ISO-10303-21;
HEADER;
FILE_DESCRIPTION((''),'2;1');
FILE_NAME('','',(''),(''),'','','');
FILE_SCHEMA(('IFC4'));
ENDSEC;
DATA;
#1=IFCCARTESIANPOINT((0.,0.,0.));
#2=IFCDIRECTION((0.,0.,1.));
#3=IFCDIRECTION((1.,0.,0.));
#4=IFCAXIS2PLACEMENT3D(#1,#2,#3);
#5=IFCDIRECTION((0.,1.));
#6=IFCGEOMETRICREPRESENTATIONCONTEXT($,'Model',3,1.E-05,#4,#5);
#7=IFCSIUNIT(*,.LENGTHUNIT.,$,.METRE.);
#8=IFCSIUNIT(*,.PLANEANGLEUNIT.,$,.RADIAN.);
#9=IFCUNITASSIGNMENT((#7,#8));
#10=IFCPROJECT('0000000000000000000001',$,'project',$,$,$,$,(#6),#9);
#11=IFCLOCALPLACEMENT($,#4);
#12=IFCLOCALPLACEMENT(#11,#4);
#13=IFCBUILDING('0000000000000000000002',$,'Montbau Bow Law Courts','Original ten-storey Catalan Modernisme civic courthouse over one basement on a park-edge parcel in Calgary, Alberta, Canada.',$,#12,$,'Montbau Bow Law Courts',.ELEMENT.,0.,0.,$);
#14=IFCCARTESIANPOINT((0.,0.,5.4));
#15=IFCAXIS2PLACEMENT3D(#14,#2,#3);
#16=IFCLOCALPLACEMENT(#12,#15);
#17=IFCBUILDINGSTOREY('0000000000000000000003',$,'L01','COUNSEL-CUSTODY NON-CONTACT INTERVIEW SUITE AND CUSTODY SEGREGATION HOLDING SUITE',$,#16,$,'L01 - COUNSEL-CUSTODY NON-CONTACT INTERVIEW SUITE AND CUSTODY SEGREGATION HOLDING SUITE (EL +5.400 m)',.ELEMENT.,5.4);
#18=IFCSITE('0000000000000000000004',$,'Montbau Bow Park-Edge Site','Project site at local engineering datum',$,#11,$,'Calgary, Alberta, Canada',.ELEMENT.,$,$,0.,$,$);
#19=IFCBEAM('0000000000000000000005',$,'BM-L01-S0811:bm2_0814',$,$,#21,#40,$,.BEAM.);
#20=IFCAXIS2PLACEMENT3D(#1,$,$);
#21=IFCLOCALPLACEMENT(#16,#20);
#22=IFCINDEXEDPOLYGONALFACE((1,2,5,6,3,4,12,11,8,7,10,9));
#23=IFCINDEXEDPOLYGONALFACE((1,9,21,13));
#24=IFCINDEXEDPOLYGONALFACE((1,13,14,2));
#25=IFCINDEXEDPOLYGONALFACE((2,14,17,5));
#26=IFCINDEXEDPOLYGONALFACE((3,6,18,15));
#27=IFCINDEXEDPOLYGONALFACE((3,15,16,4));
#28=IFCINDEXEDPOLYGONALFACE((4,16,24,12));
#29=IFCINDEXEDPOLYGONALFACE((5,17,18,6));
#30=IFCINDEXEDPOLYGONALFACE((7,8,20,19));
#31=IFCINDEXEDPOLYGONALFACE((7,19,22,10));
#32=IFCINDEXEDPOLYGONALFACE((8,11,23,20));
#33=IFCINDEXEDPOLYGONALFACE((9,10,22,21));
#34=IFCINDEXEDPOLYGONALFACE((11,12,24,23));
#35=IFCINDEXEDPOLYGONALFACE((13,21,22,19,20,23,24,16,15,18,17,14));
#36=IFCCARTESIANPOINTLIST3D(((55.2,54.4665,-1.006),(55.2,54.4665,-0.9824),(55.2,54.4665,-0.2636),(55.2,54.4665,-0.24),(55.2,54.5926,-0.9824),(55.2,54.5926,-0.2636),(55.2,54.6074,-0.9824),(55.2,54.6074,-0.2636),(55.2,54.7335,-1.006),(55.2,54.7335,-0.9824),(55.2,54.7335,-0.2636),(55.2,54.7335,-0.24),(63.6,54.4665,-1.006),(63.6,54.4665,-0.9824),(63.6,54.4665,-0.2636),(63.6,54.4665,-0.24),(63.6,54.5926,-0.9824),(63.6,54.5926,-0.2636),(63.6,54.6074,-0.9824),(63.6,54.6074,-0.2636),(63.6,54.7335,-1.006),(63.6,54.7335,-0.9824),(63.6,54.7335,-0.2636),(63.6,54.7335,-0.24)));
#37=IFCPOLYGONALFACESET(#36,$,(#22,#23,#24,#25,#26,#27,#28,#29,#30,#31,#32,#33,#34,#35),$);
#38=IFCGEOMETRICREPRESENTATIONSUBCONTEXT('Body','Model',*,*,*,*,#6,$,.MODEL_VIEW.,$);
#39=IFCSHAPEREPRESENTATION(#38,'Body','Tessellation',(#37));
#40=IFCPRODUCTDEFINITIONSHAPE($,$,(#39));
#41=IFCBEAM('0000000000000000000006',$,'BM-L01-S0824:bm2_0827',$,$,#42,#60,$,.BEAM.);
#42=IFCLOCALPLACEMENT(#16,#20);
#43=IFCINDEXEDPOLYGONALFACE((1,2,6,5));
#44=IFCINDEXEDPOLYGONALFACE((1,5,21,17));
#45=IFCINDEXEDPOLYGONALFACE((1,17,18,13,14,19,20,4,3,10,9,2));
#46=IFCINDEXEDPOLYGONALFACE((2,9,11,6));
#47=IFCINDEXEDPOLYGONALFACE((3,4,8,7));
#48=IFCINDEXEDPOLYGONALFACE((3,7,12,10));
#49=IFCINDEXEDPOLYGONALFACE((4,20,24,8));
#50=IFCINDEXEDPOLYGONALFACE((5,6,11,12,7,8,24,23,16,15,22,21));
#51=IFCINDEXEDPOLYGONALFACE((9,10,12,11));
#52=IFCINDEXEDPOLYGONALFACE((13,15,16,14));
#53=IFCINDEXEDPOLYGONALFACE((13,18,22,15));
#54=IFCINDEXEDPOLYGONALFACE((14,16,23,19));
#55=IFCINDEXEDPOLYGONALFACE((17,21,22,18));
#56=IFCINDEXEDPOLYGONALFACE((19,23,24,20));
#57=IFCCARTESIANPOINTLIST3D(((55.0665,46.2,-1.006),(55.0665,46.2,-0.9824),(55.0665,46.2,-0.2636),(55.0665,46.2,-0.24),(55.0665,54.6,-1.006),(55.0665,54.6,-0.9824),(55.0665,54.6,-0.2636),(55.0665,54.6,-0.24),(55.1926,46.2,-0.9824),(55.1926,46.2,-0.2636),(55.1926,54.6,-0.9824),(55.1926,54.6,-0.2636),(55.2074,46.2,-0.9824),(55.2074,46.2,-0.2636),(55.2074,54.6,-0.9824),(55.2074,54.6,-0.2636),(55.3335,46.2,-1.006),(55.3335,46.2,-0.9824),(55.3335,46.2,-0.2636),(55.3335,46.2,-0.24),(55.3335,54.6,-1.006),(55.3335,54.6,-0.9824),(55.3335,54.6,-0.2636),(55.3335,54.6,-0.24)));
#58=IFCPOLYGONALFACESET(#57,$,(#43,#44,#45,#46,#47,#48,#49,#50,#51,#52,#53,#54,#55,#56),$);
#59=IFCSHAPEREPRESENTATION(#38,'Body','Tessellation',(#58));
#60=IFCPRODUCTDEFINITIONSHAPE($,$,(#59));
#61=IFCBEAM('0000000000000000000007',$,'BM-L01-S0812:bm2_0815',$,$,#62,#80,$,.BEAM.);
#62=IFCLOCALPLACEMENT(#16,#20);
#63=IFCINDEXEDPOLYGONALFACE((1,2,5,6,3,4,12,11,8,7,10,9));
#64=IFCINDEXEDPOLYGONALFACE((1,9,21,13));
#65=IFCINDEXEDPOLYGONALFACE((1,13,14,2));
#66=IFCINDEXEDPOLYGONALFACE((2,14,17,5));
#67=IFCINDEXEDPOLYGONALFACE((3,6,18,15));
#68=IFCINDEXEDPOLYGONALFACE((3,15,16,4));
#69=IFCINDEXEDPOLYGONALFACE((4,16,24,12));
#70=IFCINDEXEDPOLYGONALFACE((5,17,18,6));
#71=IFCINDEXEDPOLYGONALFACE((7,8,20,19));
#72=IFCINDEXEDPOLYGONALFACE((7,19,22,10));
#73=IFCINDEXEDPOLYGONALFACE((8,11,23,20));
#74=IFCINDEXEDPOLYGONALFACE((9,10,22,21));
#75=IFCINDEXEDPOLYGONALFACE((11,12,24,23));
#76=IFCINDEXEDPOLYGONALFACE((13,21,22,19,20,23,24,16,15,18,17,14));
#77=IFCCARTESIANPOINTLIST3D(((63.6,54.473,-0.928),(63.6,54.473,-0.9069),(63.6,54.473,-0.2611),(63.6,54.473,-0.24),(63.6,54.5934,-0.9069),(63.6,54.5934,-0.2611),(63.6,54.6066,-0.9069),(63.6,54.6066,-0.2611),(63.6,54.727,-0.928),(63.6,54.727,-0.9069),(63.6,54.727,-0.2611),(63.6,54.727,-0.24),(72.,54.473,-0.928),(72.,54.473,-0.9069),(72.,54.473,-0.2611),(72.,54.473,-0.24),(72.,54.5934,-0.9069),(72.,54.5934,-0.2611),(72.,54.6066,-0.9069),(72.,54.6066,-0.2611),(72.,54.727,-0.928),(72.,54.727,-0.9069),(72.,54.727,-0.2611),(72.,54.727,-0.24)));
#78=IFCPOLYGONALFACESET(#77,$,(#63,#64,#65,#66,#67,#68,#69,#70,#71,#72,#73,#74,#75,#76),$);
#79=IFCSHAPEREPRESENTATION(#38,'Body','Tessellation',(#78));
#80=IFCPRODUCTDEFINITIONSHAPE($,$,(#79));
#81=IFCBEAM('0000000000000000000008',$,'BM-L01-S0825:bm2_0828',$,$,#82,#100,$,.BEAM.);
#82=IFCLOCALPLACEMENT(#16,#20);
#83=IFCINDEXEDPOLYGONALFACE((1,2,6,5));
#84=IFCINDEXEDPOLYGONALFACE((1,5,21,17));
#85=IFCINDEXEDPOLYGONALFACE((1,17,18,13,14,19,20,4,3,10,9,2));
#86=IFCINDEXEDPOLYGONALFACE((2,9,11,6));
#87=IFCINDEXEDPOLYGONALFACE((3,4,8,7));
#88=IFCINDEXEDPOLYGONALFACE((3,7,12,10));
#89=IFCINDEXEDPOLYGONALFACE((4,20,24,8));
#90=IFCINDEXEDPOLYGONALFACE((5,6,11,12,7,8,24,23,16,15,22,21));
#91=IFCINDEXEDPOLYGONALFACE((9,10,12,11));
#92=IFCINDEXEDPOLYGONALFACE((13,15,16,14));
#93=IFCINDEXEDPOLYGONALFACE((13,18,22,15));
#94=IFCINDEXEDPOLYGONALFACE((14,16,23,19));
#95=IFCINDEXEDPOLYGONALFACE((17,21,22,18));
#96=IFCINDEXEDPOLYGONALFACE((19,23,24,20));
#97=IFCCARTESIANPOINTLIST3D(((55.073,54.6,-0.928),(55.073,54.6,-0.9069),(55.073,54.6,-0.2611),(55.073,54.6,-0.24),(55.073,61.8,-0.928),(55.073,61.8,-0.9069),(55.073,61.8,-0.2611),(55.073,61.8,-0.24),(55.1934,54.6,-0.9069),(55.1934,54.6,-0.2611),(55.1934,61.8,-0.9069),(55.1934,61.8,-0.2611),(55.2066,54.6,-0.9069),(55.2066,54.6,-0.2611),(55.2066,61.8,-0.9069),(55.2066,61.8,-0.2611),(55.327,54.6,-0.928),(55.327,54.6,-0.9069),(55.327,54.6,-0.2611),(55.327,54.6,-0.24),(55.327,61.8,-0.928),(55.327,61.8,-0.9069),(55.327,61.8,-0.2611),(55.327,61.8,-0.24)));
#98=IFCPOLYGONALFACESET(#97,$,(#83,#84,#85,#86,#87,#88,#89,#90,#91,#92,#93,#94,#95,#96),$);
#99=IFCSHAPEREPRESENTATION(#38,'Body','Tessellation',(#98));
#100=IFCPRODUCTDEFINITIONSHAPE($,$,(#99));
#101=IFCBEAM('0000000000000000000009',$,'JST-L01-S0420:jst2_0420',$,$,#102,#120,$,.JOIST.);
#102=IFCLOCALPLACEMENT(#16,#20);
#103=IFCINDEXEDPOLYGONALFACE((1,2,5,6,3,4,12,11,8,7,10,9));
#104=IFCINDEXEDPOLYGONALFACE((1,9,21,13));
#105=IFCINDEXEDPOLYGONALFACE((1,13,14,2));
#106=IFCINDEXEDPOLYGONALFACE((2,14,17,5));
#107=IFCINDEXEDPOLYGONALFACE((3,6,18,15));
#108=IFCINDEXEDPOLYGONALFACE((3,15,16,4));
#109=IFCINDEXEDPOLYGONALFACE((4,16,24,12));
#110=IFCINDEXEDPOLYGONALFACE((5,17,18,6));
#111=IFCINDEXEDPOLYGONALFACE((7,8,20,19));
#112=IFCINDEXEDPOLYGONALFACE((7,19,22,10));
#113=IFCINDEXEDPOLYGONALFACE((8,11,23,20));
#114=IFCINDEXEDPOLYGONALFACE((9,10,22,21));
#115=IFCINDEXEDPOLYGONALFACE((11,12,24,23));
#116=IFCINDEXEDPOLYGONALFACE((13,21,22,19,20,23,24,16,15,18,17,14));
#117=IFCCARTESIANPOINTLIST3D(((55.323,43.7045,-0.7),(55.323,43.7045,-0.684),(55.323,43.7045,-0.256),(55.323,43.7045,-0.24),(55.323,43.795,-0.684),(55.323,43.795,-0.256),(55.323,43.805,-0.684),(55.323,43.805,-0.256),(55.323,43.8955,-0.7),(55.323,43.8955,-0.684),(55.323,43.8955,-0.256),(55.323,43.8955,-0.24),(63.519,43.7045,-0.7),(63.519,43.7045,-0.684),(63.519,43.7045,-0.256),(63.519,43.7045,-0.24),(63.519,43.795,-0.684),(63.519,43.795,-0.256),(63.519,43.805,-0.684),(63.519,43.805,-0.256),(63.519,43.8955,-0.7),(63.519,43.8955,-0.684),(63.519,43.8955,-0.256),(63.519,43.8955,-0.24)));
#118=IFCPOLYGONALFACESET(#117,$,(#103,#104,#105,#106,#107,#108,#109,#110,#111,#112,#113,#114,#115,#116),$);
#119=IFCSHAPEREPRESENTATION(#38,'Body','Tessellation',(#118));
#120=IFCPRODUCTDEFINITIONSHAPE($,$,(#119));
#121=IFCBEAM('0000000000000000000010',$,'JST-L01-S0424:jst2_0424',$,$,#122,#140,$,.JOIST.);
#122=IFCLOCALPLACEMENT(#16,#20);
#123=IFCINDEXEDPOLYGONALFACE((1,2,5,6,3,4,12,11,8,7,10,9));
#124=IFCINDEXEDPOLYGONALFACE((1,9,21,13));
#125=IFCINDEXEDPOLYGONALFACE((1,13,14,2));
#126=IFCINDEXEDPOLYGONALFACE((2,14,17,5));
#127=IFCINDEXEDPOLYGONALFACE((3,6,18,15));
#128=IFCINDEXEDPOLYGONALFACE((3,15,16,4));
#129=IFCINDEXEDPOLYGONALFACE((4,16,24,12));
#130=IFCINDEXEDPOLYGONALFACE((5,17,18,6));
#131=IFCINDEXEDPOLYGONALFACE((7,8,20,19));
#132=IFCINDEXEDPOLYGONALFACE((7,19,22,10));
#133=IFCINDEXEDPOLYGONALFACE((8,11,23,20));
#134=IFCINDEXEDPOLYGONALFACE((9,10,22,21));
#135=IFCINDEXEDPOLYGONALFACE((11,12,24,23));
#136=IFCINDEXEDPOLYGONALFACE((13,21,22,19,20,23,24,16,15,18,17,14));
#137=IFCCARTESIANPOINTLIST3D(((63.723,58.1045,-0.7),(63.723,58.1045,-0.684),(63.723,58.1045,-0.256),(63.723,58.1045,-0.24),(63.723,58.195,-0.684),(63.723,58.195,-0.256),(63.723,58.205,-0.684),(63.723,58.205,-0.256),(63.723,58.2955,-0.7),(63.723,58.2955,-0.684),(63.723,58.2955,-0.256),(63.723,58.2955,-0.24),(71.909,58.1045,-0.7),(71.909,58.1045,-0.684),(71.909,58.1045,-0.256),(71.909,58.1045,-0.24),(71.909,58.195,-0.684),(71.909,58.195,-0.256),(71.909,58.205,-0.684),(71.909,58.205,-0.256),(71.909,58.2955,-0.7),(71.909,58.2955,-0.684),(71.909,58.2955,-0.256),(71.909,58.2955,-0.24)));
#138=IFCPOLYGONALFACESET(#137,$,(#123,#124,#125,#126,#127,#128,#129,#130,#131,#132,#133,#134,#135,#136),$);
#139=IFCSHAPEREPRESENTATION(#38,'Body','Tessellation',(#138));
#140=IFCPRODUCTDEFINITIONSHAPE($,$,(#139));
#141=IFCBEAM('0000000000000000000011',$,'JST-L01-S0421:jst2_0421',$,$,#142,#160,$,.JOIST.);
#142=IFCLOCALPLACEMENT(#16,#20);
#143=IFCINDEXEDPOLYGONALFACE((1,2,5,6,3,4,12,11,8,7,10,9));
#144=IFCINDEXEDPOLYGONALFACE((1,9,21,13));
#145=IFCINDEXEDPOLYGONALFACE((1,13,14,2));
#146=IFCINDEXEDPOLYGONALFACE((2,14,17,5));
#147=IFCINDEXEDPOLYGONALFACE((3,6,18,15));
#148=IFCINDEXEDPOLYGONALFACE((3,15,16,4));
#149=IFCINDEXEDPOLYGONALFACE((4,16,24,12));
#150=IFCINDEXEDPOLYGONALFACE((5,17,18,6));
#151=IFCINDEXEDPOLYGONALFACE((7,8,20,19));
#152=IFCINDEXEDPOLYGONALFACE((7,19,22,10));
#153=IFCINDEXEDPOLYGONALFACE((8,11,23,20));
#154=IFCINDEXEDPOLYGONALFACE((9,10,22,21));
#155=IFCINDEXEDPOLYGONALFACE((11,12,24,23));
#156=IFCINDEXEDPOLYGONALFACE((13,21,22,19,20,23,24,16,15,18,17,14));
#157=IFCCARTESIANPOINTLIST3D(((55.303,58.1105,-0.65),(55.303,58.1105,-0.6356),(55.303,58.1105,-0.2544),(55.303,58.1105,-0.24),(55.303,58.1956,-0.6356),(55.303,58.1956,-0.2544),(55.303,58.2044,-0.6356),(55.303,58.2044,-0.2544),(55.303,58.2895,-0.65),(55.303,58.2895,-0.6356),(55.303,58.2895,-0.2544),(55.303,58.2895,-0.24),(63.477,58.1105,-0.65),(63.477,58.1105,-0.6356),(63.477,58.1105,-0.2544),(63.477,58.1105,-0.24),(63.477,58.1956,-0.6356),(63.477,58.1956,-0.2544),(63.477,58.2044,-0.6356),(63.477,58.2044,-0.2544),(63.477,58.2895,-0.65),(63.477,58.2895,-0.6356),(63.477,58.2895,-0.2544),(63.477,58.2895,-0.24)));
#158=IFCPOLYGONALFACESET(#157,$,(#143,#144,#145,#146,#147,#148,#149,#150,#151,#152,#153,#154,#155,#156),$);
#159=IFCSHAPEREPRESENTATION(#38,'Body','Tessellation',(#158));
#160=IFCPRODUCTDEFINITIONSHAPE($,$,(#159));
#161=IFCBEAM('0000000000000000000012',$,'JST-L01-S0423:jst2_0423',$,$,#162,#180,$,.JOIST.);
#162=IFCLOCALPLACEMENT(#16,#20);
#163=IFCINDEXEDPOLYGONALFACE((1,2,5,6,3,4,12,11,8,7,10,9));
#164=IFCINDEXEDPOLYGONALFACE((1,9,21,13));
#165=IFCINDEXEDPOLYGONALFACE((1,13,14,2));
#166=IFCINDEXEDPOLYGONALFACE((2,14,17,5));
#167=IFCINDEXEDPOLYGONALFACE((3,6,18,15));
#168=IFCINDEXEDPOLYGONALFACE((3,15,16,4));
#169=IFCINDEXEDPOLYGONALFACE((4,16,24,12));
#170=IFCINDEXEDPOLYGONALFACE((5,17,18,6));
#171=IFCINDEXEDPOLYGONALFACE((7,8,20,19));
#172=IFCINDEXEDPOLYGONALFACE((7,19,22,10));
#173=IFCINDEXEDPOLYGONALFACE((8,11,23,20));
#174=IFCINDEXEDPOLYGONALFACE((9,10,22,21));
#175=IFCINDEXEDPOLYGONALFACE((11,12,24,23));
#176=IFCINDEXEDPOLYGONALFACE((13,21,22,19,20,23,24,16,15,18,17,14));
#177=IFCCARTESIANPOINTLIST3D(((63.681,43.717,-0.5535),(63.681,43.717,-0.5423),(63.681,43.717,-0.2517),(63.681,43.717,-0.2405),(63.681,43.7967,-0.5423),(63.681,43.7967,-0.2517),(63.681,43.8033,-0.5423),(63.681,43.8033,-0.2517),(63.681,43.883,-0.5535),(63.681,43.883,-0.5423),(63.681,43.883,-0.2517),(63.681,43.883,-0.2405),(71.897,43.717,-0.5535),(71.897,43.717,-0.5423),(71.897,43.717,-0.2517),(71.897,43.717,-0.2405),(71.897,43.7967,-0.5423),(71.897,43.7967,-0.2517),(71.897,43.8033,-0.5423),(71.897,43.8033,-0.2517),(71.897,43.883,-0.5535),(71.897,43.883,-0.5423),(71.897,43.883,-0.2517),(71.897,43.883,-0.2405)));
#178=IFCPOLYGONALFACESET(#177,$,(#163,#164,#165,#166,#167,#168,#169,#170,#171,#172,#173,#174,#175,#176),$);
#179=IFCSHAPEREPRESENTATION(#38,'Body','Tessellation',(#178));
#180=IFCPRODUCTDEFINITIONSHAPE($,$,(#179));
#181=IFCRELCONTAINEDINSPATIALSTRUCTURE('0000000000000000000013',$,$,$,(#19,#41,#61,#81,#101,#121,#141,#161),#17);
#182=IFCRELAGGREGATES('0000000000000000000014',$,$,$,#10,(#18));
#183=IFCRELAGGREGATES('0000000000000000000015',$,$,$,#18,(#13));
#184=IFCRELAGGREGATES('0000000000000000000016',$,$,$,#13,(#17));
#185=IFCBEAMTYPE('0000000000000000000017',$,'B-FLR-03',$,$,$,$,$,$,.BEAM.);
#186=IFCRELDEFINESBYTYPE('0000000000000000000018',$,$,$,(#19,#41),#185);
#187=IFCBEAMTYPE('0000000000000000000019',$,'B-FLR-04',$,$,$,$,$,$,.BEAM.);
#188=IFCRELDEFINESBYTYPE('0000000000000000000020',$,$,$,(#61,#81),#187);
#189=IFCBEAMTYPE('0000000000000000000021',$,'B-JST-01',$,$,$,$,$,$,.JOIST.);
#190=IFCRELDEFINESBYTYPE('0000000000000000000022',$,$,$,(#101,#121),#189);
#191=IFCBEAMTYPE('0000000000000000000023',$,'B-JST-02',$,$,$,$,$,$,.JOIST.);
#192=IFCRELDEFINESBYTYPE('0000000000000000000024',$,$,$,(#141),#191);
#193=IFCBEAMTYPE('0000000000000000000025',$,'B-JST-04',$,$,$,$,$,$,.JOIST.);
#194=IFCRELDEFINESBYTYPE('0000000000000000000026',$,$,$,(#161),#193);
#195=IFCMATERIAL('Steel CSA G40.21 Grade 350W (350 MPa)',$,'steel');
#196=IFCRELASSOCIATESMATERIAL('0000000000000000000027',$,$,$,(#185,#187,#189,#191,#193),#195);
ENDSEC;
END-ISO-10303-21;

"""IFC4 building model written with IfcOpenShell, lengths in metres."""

from ifc_helpers import new_model, si_unit, direction, frame, origin_with_axes, origin_2d_with_axis, place, context, subcontext, project, spatial, i_section, extrude, material, material_profile, profile_set, type_object, element, save


model = new_model("IFC4")

# Units and contexts
model_context = context("Model", 3, precision=1e-05, world=origin_with_axes(), true_north=direction((0.0, 1.0)))
body_context = subcontext(model_context, "Body", "Model", "MODEL_VIEW")
ifc_project = project(units=[si_unit("LENGTHUNIT", "METRE"), si_unit("PLANEANGLEUNIT", "RADIAN")], contexts=[model_context])

# Site, building, storey
site_placement = place(None, origin_with_axes())
site = spatial("IfcSite", under=ifc_project, at=site_placement, Name="Montbau Bow Park-Edge Site", Description="Project site at local engineering datum", LongName="Calgary, Alberta, Canada", CompositionType="ELEMENT", RefElevation=0.0)
building_placement = place(site_placement, origin_with_axes())
building = spatial("IfcBuilding", under=site, at=building_placement, Name="Montbau Bow Law Courts", Description="Original ten-storey Catalan Modernisme civic courthouse over one basement on a park-edge parcel in Calgary, Alberta, Canada.", LongName="Montbau Bow Law Courts", CompositionType="ELEMENT", ElevationOfRefHeight=0.0, ElevationOfTerrain=0.0)
storey_placement = place(building_placement, frame((0.0, 0.0, 5.4), z_axis=(0.0, 0.0, 1.0), x_axis=(1.0, 0.0, 0.0)))
storey = spatial("IfcBuildingStorey", under=building, at=storey_placement, Name="L01", Description="COUNSEL-CUSTODY NON-CONTACT INTERVIEW SUITE AND CUSTODY SEGREGATION HOLDING SUITE", LongName="L01 - COUNSEL-CUSTODY NON-CONTACT INTERVIEW SUITE AND CUSTODY SEGREGATION HOLDING SUITE (EL +5.400 m)", CompositionType="ELEMENT", Elevation=5.4)

# Shared definitions
ifc_material_1 = material(Name="Steel CSA G40.21 Grade 350W (350 MPa)", Category="steel")

# Beams
ifc_material_profile_1 = material_profile(ifc_material_1, i_section(OverallWidth=0.267, OverallDepth=0.766, WebThickness=0.0149, FlangeThickness=0.0236, at=origin_2d_with_axis()), Name="W760X185", Category="Main", Priority=0)
ifc_profile_set_1 = profile_set([ifc_material_profile_1], Name="Steel CSA G40.21 Grade 350W (350 MPa)")
beam_type_1 = type_object("IfcBeamType", Name="B-FLR-03", PredefinedType="BEAM", material=ifc_profile_set_1)
for number, where, z_axis, x_axis, name in (
    (1, (55.2, 54.6, 4.777), (1.0, 0.0, 0.0), (0.0, 1.0, 0.0), "BM-L01-S0811:bm2_0814"),
    (2, (55.2, 46.2, 4.777), (0.0, 1.0, 0.0), (-1.0, 0.0, 0.0), "BM-L01-S0824:bm2_0827"),
):
    element("IfcBeam", number, at=place(None, frame(where, z_axis=z_axis, x_axis=x_axis)), inside=storey, type_object=beam_type_1, Name=name, PredefinedType="BEAM", context=body_context, shape_type="SweptSolid", body=[
        extrude(i_section(OverallWidth=0.267, OverallDepth=0.766, WebThickness=0.0149, FlangeThickness=0.0236, at=origin_2d_with_axis()), origin_with_axes(), (0.0, 0.0, 1.0), 8.4),
    ])
ifc_material_profile_2 = material_profile(ifc_material_1, i_section(OverallWidth=0.254, OverallDepth=0.688, WebThickness=0.0131, FlangeThickness=0.0211, at=origin_2d_with_axis()), Name="W690X152", Category="Main", Priority=0)
ifc_profile_set_2 = profile_set([ifc_material_profile_2], Name="Steel CSA G40.21 Grade 350W (350 MPa)")
beam_type_2 = type_object("IfcBeamType", Name="B-FLR-04", PredefinedType="BEAM", material=ifc_profile_set_2)
beam_1_placement = place(None, frame((63.6, 54.6, 4.816), z_axis=(1.0, 0.0, 0.0), x_axis=(0.0, 1.0, 0.0)))
element("IfcBeam", 3, at=beam_1_placement, inside=storey, type_object=beam_type_2, Name="BM-L01-S0812:bm2_0815", PredefinedType="BEAM", context=body_context, shape_type="SweptSolid", body=[
    extrude(i_section(OverallWidth=0.254, OverallDepth=0.688, WebThickness=0.0131, FlangeThickness=0.0211, at=origin_2d_with_axis()), origin_with_axes(), (0.0, 0.0, 1.0), 8.4),
])
beam_2_placement = place(None, frame((55.2, 54.6, 4.816), z_axis=(0.0, 1.0, 0.0), x_axis=(-1.0, 0.0, 0.0)))
element("IfcBeam", 4, at=beam_2_placement, inside=storey, type_object=beam_type_2, Name="BM-L01-S0825:bm2_0828", PredefinedType="BEAM", context=body_context, shape_type="SweptSolid", body=[
    extrude(i_section(OverallWidth=0.254, OverallDepth=0.688, WebThickness=0.0131, FlangeThickness=0.0211, at=origin_2d_with_axis()), origin_with_axes(), (0.0, 0.0, 1.0), 7.2),
])
ifc_material_profile_3 = material_profile(ifc_material_1, i_section(OverallWidth=0.191, OverallDepth=0.46, WebThickness=0.0099, FlangeThickness=0.016, at=origin_2d_with_axis()), Name="W460X82", Category="Main", Priority=0)
ifc_profile_set_3 = profile_set([ifc_material_profile_3], Name="Steel CSA G40.21 Grade 350W (350 MPa)")
beam_type_3 = type_object("IfcBeamType", Name="B-JST-01", PredefinedType="JOIST", material=ifc_profile_set_3)
beam_3_placement = place(None, frame((55.323, 43.8, 4.93), z_axis=(1.0, 0.0, 0.0), x_axis=(0.0, 1.0, 0.0)))
element("IfcBeam", 5, at=beam_3_placement, inside=storey, type_object=beam_type_3, Name="JST-L01-S0420:jst2_0420", PredefinedType="JOIST", context=body_context, shape_type="SweptSolid", body=[
    extrude(i_section(OverallWidth=0.191, OverallDepth=0.46, WebThickness=0.0099, FlangeThickness=0.016, at=origin_2d_with_axis()), origin_with_axes(), (0.0, 0.0, 1.0), 8.196),
])
beam_4_placement = place(None, frame((63.723, 58.2, 4.93), z_axis=(1.0, 0.0, 0.0), x_axis=(0.0, 1.0, 0.0)))
element("IfcBeam", 6, at=beam_4_placement, inside=storey, type_object=beam_type_3, Name="JST-L01-S0424:jst2_0424", PredefinedType="JOIST", context=body_context, shape_type="SweptSolid", body=[
    extrude(i_section(OverallWidth=0.191, OverallDepth=0.46, WebThickness=0.0099, FlangeThickness=0.016, at=origin_2d_with_axis()), origin_with_axes(), (0.0, 0.0, 1.0), 8.186),
])
ifc_material_profile_4 = material_profile(ifc_material_1, i_section(OverallWidth=0.179, OverallDepth=0.41, WebThickness=0.0088, FlangeThickness=0.0144, at=origin_2d_with_axis()), Name="W410X67", Category="Main", Priority=0)
ifc_profile_set_4 = profile_set([ifc_material_profile_4], Name="Steel CSA G40.21 Grade 350W (350 MPa)")
beam_type_4 = type_object("IfcBeamType", Name="B-JST-02", PredefinedType="JOIST", material=ifc_profile_set_4)
beam_5_placement = place(None, frame((55.303, 58.2, 4.955), z_axis=(1.0, 0.0, 0.0), x_axis=(0.0, 1.0, 0.0)))
element("IfcBeam", 7, at=beam_5_placement, inside=storey, type_object=beam_type_4, Name="JST-L01-S0421:jst2_0421", PredefinedType="JOIST", context=body_context, shape_type="SweptSolid", body=[
    extrude(i_section(OverallWidth=0.179, OverallDepth=0.41, WebThickness=0.0088, FlangeThickness=0.0144, at=origin_2d_with_axis()), origin_with_axes(), (0.0, 0.0, 1.0), 8.174),
])
ifc_material_profile_5 = material_profile(ifc_material_1, i_section(OverallWidth=0.166, OverallDepth=0.313, WebThickness=0.0066, FlangeThickness=0.0112, at=origin_2d_with_axis()), Name="W310X45", Category="Main", Priority=0)
ifc_profile_set_5 = profile_set([ifc_material_profile_5], Name="Steel CSA G40.21 Grade 350W (350 MPa)")
beam_type_5 = type_object("IfcBeamType", Name="B-JST-04", PredefinedType="JOIST", material=ifc_profile_set_5)
beam_6_placement = place(None, frame((63.681, 43.8, 5.003), z_axis=(1.0, 0.0, 0.0), x_axis=(0.0, 1.0, 0.0)))
element("IfcBeam", 8, at=beam_6_placement, inside=storey, type_object=beam_type_5, Name="JST-L01-S0423:jst2_0423", PredefinedType="JOIST", context=body_context, shape_type="SweptSolid", body=[
    extrude(i_section(OverallWidth=0.166, OverallDepth=0.313, WebThickness=0.0066, FlangeThickness=0.0112, at=origin_2d_with_axis()), origin_with_axes(), (0.0, 0.0, 1.0), 8.216),
])

save(model, "model.ifc")
